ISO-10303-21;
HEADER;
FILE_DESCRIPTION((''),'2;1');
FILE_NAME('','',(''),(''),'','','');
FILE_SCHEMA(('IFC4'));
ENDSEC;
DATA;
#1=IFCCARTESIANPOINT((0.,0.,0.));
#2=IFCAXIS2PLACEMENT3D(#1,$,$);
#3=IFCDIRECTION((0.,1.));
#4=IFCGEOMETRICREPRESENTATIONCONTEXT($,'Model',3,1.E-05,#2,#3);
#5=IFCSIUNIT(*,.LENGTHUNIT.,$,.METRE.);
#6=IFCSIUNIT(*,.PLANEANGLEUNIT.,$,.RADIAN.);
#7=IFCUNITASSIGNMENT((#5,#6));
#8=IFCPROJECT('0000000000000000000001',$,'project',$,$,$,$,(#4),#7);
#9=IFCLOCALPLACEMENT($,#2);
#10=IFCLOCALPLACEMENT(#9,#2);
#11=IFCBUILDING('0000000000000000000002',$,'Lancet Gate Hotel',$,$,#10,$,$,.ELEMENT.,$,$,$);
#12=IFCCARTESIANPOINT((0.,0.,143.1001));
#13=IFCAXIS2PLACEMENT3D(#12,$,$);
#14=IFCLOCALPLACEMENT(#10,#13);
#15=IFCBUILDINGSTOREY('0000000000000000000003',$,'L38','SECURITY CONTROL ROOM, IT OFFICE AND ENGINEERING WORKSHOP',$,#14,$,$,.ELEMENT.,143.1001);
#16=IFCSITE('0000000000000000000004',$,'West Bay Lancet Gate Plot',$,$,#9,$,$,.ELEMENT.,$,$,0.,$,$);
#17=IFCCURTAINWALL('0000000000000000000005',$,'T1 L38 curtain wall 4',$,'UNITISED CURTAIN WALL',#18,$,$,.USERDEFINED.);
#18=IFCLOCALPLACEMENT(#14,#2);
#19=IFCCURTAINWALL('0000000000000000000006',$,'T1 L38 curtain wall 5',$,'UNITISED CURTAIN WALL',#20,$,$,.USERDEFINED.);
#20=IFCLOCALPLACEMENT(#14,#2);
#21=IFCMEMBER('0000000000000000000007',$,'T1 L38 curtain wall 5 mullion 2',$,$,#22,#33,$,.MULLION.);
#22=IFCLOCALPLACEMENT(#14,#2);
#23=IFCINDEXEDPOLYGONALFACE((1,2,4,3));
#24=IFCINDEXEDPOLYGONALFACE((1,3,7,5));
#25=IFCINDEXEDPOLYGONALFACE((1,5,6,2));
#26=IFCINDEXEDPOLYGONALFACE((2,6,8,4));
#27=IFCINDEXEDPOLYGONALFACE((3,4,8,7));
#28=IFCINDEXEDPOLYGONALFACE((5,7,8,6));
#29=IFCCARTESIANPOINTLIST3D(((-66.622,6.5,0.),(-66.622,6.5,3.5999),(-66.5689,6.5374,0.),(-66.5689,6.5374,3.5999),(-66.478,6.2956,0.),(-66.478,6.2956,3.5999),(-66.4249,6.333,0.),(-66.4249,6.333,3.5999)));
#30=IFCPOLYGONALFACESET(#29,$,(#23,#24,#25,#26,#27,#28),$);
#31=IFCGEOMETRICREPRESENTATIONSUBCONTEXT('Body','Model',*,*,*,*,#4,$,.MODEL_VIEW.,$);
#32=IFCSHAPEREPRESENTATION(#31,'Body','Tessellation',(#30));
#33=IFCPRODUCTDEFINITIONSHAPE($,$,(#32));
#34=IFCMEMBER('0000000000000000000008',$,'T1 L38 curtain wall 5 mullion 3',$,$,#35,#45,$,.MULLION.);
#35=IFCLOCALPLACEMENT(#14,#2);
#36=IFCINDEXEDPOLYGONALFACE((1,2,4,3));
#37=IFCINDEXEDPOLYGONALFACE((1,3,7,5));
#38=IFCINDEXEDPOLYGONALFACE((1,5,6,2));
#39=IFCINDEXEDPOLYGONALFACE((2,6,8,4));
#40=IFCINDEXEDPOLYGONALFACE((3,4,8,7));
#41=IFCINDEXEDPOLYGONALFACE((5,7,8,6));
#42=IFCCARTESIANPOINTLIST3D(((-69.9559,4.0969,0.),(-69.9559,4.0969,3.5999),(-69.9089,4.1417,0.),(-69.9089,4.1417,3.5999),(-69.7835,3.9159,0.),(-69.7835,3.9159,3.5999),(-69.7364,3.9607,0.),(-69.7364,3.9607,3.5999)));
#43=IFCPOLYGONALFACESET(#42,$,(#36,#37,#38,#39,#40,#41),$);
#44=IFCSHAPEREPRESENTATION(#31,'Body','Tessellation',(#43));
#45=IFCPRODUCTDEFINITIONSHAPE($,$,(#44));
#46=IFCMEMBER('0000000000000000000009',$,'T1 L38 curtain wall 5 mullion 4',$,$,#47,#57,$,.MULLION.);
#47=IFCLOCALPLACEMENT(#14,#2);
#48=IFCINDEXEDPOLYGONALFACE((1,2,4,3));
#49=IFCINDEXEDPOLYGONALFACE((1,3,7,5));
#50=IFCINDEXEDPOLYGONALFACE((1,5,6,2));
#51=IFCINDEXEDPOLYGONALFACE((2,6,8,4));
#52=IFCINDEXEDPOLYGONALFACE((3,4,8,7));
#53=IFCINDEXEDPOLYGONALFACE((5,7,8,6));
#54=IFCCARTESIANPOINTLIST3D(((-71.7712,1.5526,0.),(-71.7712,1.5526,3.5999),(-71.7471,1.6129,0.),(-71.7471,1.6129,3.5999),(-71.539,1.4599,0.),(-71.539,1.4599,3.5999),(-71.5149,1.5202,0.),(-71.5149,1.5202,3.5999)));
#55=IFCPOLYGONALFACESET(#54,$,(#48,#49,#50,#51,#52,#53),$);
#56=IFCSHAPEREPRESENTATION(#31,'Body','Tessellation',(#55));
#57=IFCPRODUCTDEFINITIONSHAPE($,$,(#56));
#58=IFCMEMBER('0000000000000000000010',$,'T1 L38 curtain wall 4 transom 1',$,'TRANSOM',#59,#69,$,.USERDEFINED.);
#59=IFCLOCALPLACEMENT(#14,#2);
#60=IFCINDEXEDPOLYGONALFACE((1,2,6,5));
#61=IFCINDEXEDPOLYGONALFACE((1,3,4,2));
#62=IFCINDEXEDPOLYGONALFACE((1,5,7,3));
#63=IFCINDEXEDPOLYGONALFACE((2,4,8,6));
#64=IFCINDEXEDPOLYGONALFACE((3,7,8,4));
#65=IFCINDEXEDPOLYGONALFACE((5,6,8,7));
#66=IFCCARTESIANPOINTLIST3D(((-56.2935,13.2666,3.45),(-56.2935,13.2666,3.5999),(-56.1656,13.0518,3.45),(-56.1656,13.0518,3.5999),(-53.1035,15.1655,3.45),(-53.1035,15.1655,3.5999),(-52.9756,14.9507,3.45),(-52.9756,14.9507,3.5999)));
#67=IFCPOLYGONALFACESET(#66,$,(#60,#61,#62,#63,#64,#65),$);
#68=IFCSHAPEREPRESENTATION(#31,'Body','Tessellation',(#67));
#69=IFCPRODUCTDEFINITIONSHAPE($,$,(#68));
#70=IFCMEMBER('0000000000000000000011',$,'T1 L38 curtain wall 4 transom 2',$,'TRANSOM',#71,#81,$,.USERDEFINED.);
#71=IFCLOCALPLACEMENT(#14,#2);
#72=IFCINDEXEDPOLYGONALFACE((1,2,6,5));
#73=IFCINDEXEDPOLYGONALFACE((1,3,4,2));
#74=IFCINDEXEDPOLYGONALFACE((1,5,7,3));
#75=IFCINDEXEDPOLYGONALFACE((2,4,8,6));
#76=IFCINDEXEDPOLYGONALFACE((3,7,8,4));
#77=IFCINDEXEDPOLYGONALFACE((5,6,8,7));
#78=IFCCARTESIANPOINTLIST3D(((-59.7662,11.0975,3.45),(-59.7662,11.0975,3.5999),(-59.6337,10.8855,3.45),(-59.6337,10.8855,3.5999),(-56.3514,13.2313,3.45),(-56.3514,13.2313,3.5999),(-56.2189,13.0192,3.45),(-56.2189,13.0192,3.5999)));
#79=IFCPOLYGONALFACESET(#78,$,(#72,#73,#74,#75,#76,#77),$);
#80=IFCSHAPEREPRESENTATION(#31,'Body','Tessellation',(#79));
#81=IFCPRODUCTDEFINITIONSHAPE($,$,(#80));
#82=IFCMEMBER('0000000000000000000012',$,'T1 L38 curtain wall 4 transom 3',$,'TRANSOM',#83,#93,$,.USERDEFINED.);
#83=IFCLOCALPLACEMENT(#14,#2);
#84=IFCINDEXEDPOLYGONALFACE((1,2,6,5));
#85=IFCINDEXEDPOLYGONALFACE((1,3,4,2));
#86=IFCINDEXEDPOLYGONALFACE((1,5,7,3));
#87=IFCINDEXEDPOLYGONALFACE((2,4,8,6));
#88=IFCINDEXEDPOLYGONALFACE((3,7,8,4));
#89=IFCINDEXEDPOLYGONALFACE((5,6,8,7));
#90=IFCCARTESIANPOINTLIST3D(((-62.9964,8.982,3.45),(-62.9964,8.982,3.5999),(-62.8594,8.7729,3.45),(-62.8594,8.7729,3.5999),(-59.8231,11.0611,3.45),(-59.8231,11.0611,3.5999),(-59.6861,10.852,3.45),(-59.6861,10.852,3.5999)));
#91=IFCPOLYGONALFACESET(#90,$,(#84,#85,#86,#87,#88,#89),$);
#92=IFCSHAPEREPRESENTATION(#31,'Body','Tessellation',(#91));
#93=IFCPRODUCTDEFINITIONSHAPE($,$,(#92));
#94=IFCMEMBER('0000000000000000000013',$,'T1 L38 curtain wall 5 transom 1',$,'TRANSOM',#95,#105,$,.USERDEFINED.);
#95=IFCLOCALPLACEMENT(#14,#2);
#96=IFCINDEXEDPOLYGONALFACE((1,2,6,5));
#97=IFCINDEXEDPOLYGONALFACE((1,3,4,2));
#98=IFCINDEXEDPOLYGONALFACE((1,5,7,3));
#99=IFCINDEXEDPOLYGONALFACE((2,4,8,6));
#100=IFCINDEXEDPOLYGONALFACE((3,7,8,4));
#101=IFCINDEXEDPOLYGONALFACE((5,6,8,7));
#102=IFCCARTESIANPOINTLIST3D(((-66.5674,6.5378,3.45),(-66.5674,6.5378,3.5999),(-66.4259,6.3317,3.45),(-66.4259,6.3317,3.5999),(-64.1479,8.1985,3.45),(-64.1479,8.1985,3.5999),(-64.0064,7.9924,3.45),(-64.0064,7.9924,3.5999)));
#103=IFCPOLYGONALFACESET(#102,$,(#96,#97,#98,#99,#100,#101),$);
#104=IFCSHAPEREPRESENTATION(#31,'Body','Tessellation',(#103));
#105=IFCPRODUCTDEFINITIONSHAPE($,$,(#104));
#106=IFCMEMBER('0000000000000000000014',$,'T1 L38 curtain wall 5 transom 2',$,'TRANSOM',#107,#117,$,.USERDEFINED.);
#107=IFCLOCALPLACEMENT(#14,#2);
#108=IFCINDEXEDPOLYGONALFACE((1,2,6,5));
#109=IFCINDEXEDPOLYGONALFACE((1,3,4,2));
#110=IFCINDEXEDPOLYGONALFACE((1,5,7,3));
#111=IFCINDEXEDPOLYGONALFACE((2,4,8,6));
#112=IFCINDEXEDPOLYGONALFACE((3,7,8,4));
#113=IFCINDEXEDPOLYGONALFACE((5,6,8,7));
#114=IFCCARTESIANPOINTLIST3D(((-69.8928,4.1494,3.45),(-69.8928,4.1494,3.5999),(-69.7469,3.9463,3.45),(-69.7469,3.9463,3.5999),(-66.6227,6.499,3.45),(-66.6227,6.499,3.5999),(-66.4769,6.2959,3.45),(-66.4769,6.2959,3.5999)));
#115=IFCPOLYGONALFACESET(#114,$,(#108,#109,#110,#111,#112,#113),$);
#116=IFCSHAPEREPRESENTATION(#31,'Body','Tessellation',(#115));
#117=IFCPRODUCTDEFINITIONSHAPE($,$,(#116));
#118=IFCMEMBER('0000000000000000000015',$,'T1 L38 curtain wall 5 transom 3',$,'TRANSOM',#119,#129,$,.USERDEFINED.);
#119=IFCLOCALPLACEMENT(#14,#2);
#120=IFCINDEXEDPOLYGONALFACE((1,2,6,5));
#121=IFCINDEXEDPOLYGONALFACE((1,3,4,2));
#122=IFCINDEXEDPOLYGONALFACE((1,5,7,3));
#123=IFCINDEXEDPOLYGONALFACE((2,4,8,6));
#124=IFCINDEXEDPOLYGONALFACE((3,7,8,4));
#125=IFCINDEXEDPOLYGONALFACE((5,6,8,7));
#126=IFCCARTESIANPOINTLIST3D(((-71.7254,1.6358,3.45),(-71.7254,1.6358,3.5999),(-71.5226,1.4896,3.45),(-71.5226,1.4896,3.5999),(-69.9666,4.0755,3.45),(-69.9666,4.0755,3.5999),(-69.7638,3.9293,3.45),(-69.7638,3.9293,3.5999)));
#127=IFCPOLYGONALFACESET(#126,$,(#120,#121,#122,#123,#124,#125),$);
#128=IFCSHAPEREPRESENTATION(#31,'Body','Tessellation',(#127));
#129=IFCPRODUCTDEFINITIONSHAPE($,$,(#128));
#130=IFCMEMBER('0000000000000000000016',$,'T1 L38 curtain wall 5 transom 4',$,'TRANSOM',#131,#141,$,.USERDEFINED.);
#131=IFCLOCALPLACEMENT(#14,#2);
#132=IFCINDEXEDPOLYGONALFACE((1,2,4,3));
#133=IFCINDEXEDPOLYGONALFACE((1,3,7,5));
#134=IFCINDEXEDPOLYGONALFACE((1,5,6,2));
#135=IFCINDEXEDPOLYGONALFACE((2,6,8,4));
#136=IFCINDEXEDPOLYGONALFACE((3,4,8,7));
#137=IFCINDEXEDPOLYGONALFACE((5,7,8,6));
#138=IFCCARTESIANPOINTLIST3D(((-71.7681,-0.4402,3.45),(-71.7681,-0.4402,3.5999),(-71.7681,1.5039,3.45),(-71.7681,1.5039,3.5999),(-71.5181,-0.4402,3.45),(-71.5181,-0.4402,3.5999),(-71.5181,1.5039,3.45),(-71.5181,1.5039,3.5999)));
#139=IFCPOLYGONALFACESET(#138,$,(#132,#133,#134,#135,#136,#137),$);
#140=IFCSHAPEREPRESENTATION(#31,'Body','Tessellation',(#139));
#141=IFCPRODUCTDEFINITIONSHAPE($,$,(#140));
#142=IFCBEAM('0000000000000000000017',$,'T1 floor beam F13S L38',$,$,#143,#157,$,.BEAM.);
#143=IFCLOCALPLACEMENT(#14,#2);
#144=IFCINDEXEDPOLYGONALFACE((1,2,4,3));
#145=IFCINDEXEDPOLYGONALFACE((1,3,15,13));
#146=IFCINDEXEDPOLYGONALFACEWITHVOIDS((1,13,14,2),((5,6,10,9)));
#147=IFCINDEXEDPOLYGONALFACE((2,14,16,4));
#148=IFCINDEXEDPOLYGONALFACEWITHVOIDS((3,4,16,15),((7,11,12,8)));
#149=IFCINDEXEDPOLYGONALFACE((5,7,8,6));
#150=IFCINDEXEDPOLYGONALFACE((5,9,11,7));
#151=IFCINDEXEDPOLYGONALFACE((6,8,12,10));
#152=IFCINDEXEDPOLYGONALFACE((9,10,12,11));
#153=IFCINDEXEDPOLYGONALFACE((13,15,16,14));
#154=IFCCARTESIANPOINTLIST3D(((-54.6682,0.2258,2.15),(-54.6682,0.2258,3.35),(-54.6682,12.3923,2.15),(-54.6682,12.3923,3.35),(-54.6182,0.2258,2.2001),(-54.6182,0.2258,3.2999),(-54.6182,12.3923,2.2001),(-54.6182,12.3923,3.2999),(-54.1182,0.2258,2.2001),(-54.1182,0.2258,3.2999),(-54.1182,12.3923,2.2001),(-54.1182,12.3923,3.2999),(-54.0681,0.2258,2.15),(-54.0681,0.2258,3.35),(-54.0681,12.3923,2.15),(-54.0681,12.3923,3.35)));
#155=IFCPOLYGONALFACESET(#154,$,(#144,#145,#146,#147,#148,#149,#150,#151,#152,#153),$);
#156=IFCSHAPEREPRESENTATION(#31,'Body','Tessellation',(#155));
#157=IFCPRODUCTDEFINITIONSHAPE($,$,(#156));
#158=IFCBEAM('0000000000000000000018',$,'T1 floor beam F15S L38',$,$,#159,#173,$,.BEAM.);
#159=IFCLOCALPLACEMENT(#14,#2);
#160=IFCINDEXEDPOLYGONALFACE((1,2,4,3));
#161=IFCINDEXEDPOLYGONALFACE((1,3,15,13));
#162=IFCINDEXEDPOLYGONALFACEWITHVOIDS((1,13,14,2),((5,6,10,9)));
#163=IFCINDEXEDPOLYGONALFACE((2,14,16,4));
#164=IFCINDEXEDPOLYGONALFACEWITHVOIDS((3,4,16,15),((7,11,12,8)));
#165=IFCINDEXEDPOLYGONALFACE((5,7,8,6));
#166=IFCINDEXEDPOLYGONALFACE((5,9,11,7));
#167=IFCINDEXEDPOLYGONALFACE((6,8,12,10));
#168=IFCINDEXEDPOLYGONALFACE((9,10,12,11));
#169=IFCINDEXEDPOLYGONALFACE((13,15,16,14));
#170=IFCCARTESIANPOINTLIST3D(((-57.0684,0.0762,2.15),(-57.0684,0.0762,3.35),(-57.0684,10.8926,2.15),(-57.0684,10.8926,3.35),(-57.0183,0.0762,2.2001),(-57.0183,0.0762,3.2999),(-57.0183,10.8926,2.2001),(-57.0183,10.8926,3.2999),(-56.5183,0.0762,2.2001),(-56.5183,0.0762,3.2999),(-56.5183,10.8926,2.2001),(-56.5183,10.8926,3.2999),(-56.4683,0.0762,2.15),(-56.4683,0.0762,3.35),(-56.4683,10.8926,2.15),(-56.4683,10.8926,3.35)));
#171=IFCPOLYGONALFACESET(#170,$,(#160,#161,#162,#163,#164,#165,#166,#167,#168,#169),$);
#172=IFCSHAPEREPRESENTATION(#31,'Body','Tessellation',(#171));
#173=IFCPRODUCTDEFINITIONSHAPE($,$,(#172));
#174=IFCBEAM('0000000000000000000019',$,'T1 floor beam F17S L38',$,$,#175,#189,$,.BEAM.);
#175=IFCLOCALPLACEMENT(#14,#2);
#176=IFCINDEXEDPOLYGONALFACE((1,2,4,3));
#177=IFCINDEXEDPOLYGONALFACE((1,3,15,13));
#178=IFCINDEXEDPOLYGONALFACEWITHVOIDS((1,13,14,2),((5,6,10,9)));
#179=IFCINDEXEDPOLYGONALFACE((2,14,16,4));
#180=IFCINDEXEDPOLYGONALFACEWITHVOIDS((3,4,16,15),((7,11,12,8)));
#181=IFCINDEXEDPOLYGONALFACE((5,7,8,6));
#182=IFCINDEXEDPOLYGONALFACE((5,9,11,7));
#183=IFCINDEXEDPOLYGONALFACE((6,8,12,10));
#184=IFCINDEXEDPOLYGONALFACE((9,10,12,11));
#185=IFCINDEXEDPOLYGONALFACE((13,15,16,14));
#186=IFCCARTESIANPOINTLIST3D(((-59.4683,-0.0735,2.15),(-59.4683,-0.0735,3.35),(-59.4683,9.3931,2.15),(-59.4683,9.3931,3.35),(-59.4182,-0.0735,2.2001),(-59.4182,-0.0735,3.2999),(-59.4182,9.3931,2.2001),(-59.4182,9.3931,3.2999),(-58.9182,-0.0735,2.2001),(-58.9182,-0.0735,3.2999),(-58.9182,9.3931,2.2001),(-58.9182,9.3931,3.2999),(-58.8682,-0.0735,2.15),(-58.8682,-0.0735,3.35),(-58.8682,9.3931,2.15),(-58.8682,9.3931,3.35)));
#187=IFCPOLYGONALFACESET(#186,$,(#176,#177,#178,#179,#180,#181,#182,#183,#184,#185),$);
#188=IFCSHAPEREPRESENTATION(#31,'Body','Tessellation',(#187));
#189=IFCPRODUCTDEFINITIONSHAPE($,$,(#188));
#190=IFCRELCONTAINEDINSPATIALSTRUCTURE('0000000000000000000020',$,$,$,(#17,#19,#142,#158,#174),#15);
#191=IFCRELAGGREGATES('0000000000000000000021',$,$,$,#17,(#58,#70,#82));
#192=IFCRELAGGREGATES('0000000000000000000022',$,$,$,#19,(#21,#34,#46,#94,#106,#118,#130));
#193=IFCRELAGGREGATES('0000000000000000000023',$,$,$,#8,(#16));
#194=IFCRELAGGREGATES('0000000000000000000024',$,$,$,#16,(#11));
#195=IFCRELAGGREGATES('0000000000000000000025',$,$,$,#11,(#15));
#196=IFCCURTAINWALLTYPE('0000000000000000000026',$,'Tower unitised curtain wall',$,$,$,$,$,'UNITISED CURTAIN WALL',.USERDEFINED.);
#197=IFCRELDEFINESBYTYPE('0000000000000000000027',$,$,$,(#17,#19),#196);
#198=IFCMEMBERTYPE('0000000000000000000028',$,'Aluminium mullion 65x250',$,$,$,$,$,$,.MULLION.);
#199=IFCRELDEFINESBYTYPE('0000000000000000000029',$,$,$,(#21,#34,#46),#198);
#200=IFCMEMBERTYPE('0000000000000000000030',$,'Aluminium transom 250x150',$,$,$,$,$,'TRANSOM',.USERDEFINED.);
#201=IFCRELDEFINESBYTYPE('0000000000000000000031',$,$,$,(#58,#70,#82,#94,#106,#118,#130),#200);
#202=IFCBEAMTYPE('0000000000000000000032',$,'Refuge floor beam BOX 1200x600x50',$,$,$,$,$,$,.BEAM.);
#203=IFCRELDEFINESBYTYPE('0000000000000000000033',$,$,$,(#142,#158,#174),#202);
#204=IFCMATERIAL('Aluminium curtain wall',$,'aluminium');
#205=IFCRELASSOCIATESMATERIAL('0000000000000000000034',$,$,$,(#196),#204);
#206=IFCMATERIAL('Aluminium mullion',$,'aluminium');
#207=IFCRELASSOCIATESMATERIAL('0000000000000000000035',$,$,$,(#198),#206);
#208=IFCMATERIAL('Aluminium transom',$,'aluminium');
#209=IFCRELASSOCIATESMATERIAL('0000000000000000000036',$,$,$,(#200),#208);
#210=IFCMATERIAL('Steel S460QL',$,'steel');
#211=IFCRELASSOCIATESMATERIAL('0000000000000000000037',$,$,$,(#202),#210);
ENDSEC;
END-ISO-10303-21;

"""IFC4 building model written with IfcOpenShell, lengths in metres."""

from ifc_helpers import new_model, si_unit, direction, frame, origin, origin_2d, place, context, subcontext, project, spatial, rectangle, hollow_rectangle, extrude, material, material_profile, profile_set, type_object, element, aggregate, save


model = new_model("IFC4")

# Units and contexts
model_context = context("Model", 3, precision=1e-05, world=origin(), true_north=direction((0.0, 1.0)))
body_context = subcontext(model_context, "Body", "Model", "MODEL_VIEW")
ifc_project = project(units=[si_unit("LENGTHUNIT", "METRE"), si_unit("PLANEANGLEUNIT", "RADIAN")], contexts=[model_context])

# Site, building, storey
site_placement = place(None, origin())
site = spatial("IfcSite", under=ifc_project, at=site_placement, Name="West Bay Lancet Gate Plot", CompositionType="ELEMENT", RefElevation=0.0)
building_placement = place(site_placement, origin())
building = spatial("IfcBuilding", under=site, at=building_placement, Name="Lancet Gate Hotel", CompositionType="ELEMENT")
storey_placement = place(building_placement, frame((0.0, 0.0, 143.1001)))
storey = spatial("IfcBuildingStorey", under=building, at=storey_placement, Name="L38", Description="SECURITY CONTROL ROOM, IT OFFICE AND ENGINEERING WORKSHOP", CompositionType="ELEMENT", Elevation=143.1001)

# Curtain walls, members
ifc_material_1 = material(Name="Aluminium curtain wall", Category="aluminium")
curtain_wall_type = type_object("IfcCurtainWallType", Name="Tower unitised curtain wall", ElementType="UNITISED CURTAIN WALL", PredefinedType="USERDEFINED", material=ifc_material_1)
curtain_wall_1_placement = place(storey_placement, origin())
curtain_wall_1 = element("IfcCurtainWall", 1, at=curtain_wall_1_placement, inside=storey, type_object=curtain_wall_type, Name="T1 L38 curtain wall 4", ObjectType="UNITISED CURTAIN WALL", PredefinedType="USERDEFINED")
ifc_material_2 = material(Name="Aluminium mullion", Category="aluminium")
ifc_material_profile_1 = material_profile(ifc_material_2, rectangle(XDim=0.0649, YDim=0.25, at=origin_2d()), Name="MULLION 65x250")
ifc_profile_set_1 = profile_set([ifc_material_profile_1], Name="Aluminium mullion")
member_type_1 = type_object("IfcMemberType", Name="Aluminium mullion 65x250", PredefinedType="MULLION", material=ifc_profile_set_1)
curtain_wall_2_placement = place(storey_placement, origin())
curtain_wall_2 = element("IfcCurtainWall", 2, at=curtain_wall_2_placement, inside=storey, type_object=curtain_wall_type, Name="T1 L38 curtain wall 5", ObjectType="UNITISED CURTAIN WALL", PredefinedType="USERDEFINED")
member_1_placement = place(storey_placement, frame((-66.5234, 6.4165, 0.0), z_axis=(0.0, 0.0, 1.0), x_axis=(-0.817373, -0.576109, 0.0)))
member_1 = element("IfcMember", 3, at=member_1_placement, type_object=member_type_1, Name="T1 L38 curtain wall 5 mullion 2", PredefinedType="MULLION", context=body_context, shape_type="SweptSolid", body=[
    extrude(rectangle(XDim=0.0649, YDim=0.25, at=origin_2d()), origin(), (0.0, 0.0, 1.0), 3.5999),
])
member_2_placement = place(storey_placement, frame((-69.8462, 4.0288, 0.0), z_axis=(0.0, 0.0, 1.0), x_axis=(-0.723846, -0.689961, 0.0)))
member_2 = element("IfcMember", 4, at=member_2_placement, type_object=member_type_1, Name="T1 L38 curtain wall 5 mullion 3", PredefinedType="MULLION", context=body_context, shape_type="SweptSolid", body=[
    extrude(rectangle(XDim=0.0649, YDim=0.25, at=origin_2d()), origin(), (0.0, 0.0, 1.0), 3.5999),
])
member_3_placement = place(storey_placement, frame((-71.6431, 1.5364, 0.0), z_axis=(0.0, 0.0, 1.0), x_axis=(-0.370732, -0.92874, 0.0)))
member_3 = element("IfcMember", 5, at=member_3_placement, type_object=member_type_1, Name="T1 L38 curtain wall 5 mullion 4", PredefinedType="MULLION", context=body_context, shape_type="SweptSolid", body=[
    extrude(rectangle(XDim=0.0649, YDim=0.25, at=origin_2d()), origin(), (0.0, 0.0, 1.0), 3.5999),
])

# Members
ifc_material_3 = material(Name="Aluminium transom", Category="aluminium")
ifc_material_profile_2 = material_profile(ifc_material_3, rectangle(XDim=0.25, YDim=0.1499, at=origin_2d()), Name="TRANSOM 250x150")
ifc_profile_set_2 = profile_set([ifc_material_profile_2], Name="Aluminium transom")
member_type_2 = type_object("IfcMemberType", Name="Aluminium transom 250x150", ElementType="TRANSOM", PredefinedType="USERDEFINED", material=ifc_profile_set_2)
member_4_placement = place(storey_placement, frame((-53.0396, 15.0581, 3.5249), z_axis=(-0.859275, -0.511514, 0.0), x_axis=(0.511514, -0.859275, 0.0)))
member_4 = element("IfcMember", 6, at=member_4_placement, type_object=member_type_2, Name="T1 L38 curtain wall 4 transom 1", ObjectType="TRANSOM", PredefinedType="USERDEFINED", context=body_context, shape_type="SweptSolid", body=[
    extrude(rectangle(XDim=0.25, YDim=0.1499, at=origin_2d()), origin(), (0.0, 0.0, 1.0), 3.7124),
])
member_5_placement = place(storey_placement, frame((-56.2852, 13.1252, 3.5249), z_axis=(-0.848049, -0.529917, 0.0), x_axis=(0.529917, -0.848049, 0.0)))
member_5 = element("IfcMember", 7, at=member_5_placement, type_object=member_type_2, Name="T1 L38 curtain wall 4 transom 2", ObjectType="TRANSOM", PredefinedType="USERDEFINED", context=body_context, shape_type="SweptSolid", body=[
    extrude(rectangle(XDim=0.25, YDim=0.1499, at=origin_2d()), origin(), (0.0, 0.0, 1.0), 4.0266),
])
member_6_placement = place(storey_placement, frame((-59.7546, 10.9565, 3.5249), z_axis=(-0.836459, -0.548029, 0.0), x_axis=(0.548029, -0.836459, 0.0)))
member_6 = element("IfcMember", 8, at=member_6_placement, type_object=member_type_2, Name="T1 L38 curtain wall 4 transom 3", ObjectType="TRANSOM", PredefinedType="USERDEFINED", context=body_context, shape_type="SweptSolid", body=[
    extrude(rectangle(XDim=0.25, YDim=0.1499, at=origin_2d()), origin(), (0.0, 0.0, 1.0), 3.7937),
])
member_7_placement = place(storey_placement, frame((-64.0771, 8.0955, 3.5249), z_axis=(-0.824474, -0.5659, 0.0), x_axis=(0.5659, -0.824474, 0.0)))
member_7 = element("IfcMember", 9, at=member_7_placement, type_object=member_type_2, Name="T1 L38 curtain wall 5 transom 1", ObjectType="TRANSOM", PredefinedType="USERDEFINED", context=body_context, shape_type="SweptSolid", body=[
    extrude(rectangle(XDim=0.25, YDim=0.1499, at=origin_2d()), origin(), (0.0, 0.0, 1.0), 2.9346),
])
member_8_placement = place(storey_placement, frame((-66.5498, 6.3975, 3.5249), z_axis=(-0.8121, -0.583519, 0.0), x_axis=(0.583519, -0.8121, 0.0)))
member_8 = element("IfcMember", 10, at=member_8_placement, type_object=member_type_2, Name="T1 L38 curtain wall 5 transom 2", ObjectType="TRANSOM", PredefinedType="USERDEFINED", context=body_context, shape_type="SweptSolid", body=[
    extrude(rectangle(XDim=0.25, YDim=0.1499, at=origin_2d()), origin(), (0.0, 0.0, 1.0), 4.0266),
])
member_9_placement = place(storey_placement, frame((-69.8652, 4.0024, 3.5249), z_axis=(-0.584788, -0.811186, 0.0), x_axis=(0.811186, -0.584788, 0.0)))
member_9 = element("IfcMember", 11, at=member_9_placement, type_object=member_type_2, Name="T1 L38 curtain wall 5 transom 3", ObjectType="TRANSOM", PredefinedType="USERDEFINED", context=body_context, shape_type="SweptSolid", body=[
    extrude(rectangle(XDim=0.25, YDim=0.1499, at=origin_2d()), origin(), (0.0, 0.0, 1.0), 3.0076),
])
member_10_placement = place(storey_placement, frame((-71.6431, 1.5039, 3.5249), z_axis=(0.0, -1.0, 0.0), x_axis=(1.0, 0.0, 0.0)))
member_10 = element("IfcMember", 12, at=member_10_placement, type_object=member_type_2, Name="T1 L38 curtain wall 5 transom 4", ObjectType="TRANSOM", PredefinedType="USERDEFINED", context=body_context, shape_type="SweptSolid", body=[
    extrude(rectangle(XDim=0.25, YDim=0.1499, at=origin_2d()), origin(), (0.0, 0.0, 1.0), 1.9441),
])

# Beams
ifc_material_4 = material(Name="Steel S460QL", Category="steel")
ifc_material_profile_3 = material_profile(ifc_material_4, hollow_rectangle(XDim=0.6001, YDim=1.2, WallThickness=0.05, at=origin_2d()), Name="BOX 1200x600x50")
ifc_profile_set_3 = profile_set([ifc_material_profile_3], Name="Steel S460QL")
beam_type = type_object("IfcBeamType", Name="Refuge floor beam BOX 1200x600x50", PredefinedType="BEAM", material=ifc_profile_set_3)
beam_1_placement = place(storey_placement, frame((-54.3682, 12.3923, 2.75), z_axis=(0.0, -1.0, 0.0), x_axis=(1.0, 0.0, 0.0)))
element("IfcBeam", 13, at=beam_1_placement, inside=storey, type_object=beam_type, Name="T1 floor beam F13S L38", PredefinedType="BEAM", context=body_context, shape_type="SweptSolid", body=[
    extrude(hollow_rectangle(XDim=0.6001, YDim=1.2, WallThickness=0.05, at=origin_2d()), origin(), (0.0, 0.0, 1.0), 12.1665),
])
beam_2_placement = place(storey_placement, frame((-56.7683, 10.8926, 2.75), z_axis=(0.0, -1.0, 0.0), x_axis=(1.0, 0.0, 0.0)))
element("IfcBeam", 14, at=beam_2_placement, inside=storey, type_object=beam_type, Name="T1 floor beam F15S L38", PredefinedType="BEAM", context=body_context, shape_type="SweptSolid", body=[
    extrude(hollow_rectangle(XDim=0.6001, YDim=1.2, WallThickness=0.05, at=origin_2d()), origin(), (0.0, 0.0, 1.0), 10.8164),
])
beam_3_placement = place(storey_placement, frame((-59.1682, 9.3931, 2.75), z_axis=(0.0, -1.0, 0.0), x_axis=(1.0, 0.0, 0.0)))
element("IfcBeam", 15, at=beam_3_placement, inside=storey, type_object=beam_type, Name="T1 floor beam F17S L38", PredefinedType="BEAM", context=body_context, shape_type="SweptSolid", body=[
    extrude(hollow_rectangle(XDim=0.6001, YDim=1.2, WallThickness=0.05, at=origin_2d()), origin(), (0.0, 0.0, 1.0), 9.4666),
])

aggregate(curtain_wall_1, [member_4, member_5, member_6])
aggregate(curtain_wall_2, [member_1, member_2, member_3, member_7, member_8, member_9, member_10])

save(model, "model.ifc")
